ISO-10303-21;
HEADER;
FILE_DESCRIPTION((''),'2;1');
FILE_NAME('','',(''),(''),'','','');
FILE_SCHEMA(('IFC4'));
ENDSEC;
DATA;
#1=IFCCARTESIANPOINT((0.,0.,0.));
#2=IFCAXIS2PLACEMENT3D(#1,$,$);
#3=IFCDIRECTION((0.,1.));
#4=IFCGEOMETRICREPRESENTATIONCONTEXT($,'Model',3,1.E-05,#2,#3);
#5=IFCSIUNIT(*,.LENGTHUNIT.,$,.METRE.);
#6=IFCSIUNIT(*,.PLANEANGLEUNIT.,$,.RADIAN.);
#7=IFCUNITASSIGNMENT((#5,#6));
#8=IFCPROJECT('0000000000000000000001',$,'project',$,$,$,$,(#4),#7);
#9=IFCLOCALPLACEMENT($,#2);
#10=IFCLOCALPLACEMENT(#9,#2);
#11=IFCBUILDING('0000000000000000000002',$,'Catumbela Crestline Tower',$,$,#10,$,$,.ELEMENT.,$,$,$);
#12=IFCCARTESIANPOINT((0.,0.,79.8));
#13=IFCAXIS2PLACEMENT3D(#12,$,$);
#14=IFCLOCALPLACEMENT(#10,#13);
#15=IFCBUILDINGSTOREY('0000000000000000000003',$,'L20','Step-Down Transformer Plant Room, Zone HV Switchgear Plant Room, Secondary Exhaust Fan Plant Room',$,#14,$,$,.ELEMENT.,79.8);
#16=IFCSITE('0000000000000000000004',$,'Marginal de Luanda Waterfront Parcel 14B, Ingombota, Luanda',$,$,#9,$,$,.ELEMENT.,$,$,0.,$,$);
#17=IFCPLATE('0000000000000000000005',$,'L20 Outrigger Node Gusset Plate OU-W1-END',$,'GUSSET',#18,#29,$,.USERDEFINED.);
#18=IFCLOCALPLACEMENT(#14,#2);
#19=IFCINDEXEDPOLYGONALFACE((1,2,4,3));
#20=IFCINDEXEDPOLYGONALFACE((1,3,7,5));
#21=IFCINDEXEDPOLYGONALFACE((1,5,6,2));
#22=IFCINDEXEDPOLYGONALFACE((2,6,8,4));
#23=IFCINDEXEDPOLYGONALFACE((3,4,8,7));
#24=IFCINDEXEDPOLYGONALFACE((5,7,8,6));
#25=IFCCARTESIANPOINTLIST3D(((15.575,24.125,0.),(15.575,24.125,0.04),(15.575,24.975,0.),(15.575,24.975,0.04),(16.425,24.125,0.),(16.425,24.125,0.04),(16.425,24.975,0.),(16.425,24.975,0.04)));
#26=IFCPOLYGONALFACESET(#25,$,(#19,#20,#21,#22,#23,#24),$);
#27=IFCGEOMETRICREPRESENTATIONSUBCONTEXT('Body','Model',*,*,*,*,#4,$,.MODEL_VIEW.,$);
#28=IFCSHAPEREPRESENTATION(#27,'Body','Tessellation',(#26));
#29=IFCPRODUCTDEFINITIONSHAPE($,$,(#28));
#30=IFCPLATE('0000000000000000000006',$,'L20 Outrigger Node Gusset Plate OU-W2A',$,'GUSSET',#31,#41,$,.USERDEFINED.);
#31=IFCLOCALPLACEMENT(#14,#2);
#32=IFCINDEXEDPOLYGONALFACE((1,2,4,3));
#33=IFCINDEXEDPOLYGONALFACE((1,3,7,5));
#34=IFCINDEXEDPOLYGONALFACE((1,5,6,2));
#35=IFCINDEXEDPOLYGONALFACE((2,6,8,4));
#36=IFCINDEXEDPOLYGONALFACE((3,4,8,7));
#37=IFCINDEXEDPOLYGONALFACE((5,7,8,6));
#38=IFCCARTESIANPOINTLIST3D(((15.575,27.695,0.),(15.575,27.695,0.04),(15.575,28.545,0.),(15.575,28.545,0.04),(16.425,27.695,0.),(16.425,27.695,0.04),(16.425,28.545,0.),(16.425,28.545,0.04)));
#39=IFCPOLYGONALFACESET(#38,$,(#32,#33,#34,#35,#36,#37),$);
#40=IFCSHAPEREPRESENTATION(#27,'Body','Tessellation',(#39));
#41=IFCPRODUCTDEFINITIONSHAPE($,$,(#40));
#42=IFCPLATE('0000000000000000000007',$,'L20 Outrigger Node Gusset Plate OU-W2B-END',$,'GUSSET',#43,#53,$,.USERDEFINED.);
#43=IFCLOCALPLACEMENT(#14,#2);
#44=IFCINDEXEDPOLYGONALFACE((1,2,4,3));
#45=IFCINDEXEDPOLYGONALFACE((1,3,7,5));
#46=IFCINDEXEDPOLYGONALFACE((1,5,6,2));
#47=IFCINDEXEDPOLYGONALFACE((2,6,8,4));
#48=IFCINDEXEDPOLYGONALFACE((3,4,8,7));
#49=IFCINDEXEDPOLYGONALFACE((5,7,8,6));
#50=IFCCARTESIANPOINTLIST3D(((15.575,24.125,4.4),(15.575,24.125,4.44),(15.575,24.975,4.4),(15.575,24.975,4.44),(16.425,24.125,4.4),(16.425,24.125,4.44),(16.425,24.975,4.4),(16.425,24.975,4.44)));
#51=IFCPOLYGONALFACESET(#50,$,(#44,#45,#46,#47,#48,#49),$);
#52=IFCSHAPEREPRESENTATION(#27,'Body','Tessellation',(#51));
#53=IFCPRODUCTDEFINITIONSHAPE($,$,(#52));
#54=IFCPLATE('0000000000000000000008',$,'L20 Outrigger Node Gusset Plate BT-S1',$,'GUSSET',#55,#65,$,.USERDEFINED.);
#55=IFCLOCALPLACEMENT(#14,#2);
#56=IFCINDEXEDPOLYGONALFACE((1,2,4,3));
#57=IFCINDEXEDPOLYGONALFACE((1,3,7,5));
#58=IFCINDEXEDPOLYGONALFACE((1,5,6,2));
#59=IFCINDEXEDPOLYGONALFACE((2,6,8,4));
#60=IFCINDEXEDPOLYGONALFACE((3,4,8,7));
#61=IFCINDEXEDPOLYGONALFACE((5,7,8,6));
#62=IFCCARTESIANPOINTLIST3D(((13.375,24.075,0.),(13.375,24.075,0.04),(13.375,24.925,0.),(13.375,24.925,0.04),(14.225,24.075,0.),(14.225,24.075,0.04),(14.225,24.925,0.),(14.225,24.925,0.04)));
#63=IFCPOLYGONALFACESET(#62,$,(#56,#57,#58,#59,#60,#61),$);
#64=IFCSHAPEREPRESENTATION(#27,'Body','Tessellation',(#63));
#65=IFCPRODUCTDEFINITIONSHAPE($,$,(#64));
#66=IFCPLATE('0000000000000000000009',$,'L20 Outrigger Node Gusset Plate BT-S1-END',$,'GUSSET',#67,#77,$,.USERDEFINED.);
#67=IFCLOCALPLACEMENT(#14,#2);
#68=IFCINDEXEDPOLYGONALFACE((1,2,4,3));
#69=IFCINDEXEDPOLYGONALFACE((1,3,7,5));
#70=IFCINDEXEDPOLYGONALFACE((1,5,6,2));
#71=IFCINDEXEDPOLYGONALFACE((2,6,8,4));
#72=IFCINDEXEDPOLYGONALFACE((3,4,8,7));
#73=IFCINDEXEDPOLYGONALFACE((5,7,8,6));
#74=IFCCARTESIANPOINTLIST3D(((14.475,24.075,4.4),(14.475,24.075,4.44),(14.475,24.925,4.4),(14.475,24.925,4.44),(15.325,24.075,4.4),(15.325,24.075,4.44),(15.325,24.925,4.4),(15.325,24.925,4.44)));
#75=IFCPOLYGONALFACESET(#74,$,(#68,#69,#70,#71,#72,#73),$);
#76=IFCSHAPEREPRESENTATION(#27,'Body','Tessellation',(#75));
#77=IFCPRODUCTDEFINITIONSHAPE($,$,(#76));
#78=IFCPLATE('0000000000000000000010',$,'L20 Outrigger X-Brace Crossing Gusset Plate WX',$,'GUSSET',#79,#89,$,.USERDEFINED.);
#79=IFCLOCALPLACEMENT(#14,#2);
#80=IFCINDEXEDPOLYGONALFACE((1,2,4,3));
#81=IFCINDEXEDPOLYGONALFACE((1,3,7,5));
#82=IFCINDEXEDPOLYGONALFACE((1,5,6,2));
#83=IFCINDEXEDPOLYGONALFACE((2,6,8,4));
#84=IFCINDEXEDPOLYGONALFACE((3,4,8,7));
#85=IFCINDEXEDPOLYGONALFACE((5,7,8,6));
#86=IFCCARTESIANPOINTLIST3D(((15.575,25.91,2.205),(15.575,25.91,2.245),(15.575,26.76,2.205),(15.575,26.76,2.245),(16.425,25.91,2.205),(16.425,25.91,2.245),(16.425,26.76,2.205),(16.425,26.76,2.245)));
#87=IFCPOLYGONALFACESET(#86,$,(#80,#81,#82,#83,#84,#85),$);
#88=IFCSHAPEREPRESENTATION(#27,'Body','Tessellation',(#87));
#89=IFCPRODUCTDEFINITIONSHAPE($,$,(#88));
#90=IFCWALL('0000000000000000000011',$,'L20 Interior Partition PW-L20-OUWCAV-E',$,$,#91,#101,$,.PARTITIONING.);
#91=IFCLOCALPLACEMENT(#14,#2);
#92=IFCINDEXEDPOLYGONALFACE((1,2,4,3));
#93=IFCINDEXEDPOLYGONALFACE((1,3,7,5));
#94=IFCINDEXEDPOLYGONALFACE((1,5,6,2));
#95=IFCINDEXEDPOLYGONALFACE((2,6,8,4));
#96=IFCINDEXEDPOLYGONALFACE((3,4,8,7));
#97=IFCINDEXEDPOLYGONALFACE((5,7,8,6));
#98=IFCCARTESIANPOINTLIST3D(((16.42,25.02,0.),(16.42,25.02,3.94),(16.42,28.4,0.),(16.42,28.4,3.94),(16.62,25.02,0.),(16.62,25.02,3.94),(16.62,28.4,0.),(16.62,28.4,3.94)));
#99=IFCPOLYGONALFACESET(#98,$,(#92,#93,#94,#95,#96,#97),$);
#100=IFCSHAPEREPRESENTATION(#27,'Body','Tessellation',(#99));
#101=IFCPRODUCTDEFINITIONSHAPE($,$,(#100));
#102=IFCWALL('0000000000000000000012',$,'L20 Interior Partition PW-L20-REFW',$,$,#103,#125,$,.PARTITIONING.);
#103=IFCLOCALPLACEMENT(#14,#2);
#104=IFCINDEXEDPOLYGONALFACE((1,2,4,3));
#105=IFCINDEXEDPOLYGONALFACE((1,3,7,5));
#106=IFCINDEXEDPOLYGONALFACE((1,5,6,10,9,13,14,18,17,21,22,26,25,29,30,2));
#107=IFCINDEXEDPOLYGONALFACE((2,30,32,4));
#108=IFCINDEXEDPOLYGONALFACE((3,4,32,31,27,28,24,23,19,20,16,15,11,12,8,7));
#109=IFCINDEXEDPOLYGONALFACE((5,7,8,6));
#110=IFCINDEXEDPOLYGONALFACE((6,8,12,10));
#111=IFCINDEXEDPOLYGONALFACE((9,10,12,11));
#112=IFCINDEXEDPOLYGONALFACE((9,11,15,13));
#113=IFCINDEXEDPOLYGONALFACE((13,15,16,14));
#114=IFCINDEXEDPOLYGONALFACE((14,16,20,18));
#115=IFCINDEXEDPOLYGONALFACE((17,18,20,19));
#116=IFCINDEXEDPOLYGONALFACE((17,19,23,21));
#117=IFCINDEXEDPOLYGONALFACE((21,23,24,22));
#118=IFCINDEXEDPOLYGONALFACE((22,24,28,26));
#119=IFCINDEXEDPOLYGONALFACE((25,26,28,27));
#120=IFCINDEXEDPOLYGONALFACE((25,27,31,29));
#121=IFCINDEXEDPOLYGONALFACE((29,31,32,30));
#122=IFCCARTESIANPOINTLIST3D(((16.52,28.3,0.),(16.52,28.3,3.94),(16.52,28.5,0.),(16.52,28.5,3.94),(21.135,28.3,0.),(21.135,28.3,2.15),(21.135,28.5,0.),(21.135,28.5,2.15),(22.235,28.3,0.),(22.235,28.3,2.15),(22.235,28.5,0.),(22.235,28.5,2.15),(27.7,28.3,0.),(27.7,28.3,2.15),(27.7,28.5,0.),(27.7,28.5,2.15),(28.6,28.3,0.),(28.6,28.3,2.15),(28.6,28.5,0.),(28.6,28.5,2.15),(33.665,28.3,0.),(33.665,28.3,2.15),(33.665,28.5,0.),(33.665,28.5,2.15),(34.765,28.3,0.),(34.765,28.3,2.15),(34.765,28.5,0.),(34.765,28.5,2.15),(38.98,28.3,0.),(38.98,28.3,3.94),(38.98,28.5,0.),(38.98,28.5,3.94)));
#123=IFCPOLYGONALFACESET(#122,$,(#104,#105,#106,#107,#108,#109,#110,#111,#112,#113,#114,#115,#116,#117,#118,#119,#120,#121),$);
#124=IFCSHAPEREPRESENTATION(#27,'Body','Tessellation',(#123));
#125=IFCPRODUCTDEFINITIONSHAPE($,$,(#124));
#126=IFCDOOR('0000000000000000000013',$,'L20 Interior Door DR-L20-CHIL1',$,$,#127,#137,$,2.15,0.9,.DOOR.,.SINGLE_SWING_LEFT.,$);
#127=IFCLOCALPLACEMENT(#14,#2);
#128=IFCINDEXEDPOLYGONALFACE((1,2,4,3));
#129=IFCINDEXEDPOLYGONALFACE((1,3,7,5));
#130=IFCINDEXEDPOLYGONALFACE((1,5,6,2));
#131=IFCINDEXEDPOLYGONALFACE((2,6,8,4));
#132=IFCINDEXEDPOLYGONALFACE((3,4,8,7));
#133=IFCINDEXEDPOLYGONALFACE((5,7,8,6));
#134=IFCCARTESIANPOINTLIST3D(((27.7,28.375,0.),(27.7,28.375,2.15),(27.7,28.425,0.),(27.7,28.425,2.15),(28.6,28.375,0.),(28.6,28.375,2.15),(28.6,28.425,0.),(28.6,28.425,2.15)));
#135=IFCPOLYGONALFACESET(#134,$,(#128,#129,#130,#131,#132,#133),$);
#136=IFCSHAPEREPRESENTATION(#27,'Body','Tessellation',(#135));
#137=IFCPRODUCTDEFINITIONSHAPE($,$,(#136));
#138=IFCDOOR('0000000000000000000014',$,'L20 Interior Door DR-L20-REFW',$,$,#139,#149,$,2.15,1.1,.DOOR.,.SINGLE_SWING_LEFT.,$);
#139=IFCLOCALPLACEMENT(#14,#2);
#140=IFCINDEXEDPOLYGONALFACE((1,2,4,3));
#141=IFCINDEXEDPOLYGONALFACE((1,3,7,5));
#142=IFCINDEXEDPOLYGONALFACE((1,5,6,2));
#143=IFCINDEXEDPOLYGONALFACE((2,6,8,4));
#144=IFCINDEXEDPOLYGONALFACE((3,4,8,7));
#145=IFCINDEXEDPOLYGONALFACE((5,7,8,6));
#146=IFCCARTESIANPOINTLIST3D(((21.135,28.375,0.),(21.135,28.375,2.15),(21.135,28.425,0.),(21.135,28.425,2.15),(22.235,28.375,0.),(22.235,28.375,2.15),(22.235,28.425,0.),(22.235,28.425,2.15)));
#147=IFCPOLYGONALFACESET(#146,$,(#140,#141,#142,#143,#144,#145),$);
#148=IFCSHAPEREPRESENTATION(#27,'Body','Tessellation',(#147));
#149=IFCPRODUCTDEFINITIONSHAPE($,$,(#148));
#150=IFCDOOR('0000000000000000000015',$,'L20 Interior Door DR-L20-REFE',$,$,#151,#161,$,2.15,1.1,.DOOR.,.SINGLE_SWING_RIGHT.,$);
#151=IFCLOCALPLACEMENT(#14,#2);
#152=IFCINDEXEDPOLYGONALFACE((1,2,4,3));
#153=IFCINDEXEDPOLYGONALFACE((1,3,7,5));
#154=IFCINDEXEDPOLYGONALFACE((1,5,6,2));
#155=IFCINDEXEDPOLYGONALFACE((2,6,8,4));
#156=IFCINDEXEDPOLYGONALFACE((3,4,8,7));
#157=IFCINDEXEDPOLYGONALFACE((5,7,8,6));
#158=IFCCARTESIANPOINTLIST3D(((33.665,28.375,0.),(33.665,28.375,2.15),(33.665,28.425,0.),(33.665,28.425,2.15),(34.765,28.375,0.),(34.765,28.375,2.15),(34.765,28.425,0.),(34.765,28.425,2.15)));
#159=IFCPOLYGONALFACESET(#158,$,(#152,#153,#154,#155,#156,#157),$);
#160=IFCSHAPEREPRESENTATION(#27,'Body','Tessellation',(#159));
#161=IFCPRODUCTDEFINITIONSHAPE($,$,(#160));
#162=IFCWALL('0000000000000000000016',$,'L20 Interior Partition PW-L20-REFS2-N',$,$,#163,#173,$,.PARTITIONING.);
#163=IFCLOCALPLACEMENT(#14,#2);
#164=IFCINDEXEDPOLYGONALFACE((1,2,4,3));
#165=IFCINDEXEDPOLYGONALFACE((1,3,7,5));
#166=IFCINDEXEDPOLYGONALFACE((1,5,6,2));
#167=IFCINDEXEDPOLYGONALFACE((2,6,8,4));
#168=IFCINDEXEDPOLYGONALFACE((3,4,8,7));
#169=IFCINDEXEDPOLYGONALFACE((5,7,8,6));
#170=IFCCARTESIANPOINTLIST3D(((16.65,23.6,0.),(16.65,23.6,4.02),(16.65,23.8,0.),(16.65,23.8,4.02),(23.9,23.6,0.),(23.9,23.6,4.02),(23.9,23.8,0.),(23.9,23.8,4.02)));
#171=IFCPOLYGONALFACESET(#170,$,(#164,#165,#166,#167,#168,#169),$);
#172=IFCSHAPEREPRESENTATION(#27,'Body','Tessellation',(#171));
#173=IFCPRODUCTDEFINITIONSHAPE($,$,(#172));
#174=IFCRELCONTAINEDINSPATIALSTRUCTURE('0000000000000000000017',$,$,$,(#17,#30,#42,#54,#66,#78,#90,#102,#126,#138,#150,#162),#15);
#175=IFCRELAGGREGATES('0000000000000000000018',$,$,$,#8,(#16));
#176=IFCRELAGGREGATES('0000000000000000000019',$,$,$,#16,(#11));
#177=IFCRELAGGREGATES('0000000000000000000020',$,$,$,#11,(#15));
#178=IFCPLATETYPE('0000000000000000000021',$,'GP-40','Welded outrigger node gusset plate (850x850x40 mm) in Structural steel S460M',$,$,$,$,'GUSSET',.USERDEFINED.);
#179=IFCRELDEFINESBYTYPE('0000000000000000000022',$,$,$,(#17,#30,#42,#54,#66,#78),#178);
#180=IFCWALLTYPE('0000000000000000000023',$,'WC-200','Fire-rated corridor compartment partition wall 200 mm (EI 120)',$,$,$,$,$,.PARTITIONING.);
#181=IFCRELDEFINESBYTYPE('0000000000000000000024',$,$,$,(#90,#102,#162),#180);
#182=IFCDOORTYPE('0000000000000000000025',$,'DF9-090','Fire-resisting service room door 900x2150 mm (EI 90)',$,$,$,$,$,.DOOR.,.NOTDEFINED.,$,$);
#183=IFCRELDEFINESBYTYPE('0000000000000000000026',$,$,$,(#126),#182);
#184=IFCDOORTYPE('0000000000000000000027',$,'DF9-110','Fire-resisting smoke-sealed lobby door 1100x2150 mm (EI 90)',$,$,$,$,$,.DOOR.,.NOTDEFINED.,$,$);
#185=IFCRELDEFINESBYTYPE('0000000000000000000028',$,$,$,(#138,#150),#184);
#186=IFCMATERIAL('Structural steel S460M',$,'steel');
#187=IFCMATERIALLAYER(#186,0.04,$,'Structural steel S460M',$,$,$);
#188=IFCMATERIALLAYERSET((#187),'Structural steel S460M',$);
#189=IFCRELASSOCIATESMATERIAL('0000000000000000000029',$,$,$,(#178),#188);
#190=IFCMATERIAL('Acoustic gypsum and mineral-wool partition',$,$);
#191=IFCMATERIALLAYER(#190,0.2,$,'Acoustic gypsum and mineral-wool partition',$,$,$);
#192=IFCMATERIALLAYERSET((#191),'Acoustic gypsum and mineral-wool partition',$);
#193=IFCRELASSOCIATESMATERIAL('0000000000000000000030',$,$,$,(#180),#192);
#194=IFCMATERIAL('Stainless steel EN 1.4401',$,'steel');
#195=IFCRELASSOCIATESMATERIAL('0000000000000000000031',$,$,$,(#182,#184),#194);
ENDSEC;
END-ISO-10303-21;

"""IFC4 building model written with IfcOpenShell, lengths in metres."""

from ifc_helpers import new_model, si_unit, direction, frame, frame_2d, origin, origin_2d, place, context, subcontext, project, spatial, rectangle, extrude, material, layer, layer_set, type_object, element, fill, save


model = new_model("IFC4")

# Units and contexts
model_context = context("Model", 3, precision=1e-05, world=origin(), true_north=direction((0.0, 1.0)))
body_context = subcontext(model_context, "Body", "Model", "MODEL_VIEW")
ifc_project = project(units=[si_unit("LENGTHUNIT", "METRE"), si_unit("PLANEANGLEUNIT", "RADIAN")], contexts=[model_context])

# Site, building, storey
site_placement = place(None, origin())
site = spatial("IfcSite", under=ifc_project, at=site_placement, Name="Marginal de Luanda Waterfront Parcel 14B, Ingombota, Luanda", CompositionType="ELEMENT", RefElevation=0.0)
building_placement = place(site_placement, origin())
building = spatial("IfcBuilding", under=site, at=building_placement, Name="Catumbela Crestline Tower", CompositionType="ELEMENT")
storey_placement = place(building_placement, frame((0.0, 0.0, 79.8)))
storey = spatial("IfcBuildingStorey", under=building, at=storey_placement, Name="L20", Description="Step-Down Transformer Plant Room, Zone HV Switchgear Plant Room, Secondary Exhaust Fan Plant Room", CompositionType="ELEMENT", Elevation=79.8)

# Shared definitions
ifc_material_1 = material(Name="Structural steel S460M", Category="steel")

# Plates
ifc_layer_1 = layer(ifc_material_1, 0.04, Name="Structural steel S460M")
ifc_layer_set_1 = layer_set([ifc_layer_1], Name="Structural steel S460M")
plate_type = type_object("IfcPlateType", Name="GP-40", Description="Welded outrigger node gusset plate (850x850x40 mm) in Structural steel S460M", ElementType="GUSSET", PredefinedType="USERDEFINED", material=ifc_layer_set_1)
for number, where, z_axis, x_axis, name in (
    (1, (16.0, 24.55, 0.0), (0.0, 0.0, 1.0), (1.0, 0.0, 0.0), "L20 Outrigger Node Gusset Plate OU-W1-END"),
    (2, (16.0, 28.12, 0.0), (0.0, 0.0, 1.0), (1.0, 0.0, 0.0), "L20 Outrigger Node Gusset Plate OU-W2A"),
    (3, (16.0, 24.55, 4.4), (0.0, 0.0, 1.0), (1.0, 0.0, 0.0), "L20 Outrigger Node Gusset Plate OU-W2B-END"),
    (4, (13.8, 24.5, 0.0), (0.0, 0.0, 1.0), (1.0, 0.0, 0.0), "L20 Outrigger Node Gusset Plate BT-S1"),
    (5, (14.9, 24.5, 4.4), (0.0, 0.0, 1.0), (1.0, 0.0, 0.0), "L20 Outrigger Node Gusset Plate BT-S1-END"),
    (6, (16.0, 26.335, 2.205), (0.0, 0.0, 1.0), (1.0, 0.0, 0.0), "L20 Outrigger X-Brace Crossing Gusset Plate WX"),
):
    element("IfcPlate", number, at=place(storey_placement, frame(where, z_axis=z_axis, x_axis=x_axis)), inside=storey, type_object=plate_type, Name=name, ObjectType="GUSSET", PredefinedType="USERDEFINED", context=body_context, shape_type="SweptSolid", body=[
        extrude(rectangle(XDim=0.85, YDim=0.85, at=origin_2d()), origin(), (0.0, 0.0, 1.0), 0.04),
    ])

# Wall
ifc_material_2 = material(Name="Acoustic gypsum and mineral-wool partition")
ifc_layer_2 = layer(ifc_material_2, 0.2, Name="Acoustic gypsum and mineral-wool partition")
ifc_layer_set_2 = layer_set([ifc_layer_2], Name="Acoustic gypsum and mineral-wool partition")
wall_type = type_object("IfcWallType", Name="WC-200", Description="Fire-rated corridor compartment partition wall 200 mm (EI 120)", PredefinedType="PARTITIONING", material=ifc_layer_set_2)
wall_1_placement = place(storey_placement, frame((16.52, 25.02, 0.0), z_axis=(0.0, 0.0, 1.0), x_axis=(0.0, 1.0, 0.0)))
element("IfcWall", 7, at=wall_1_placement, inside=storey, type_object=wall_type, Name="L20 Interior Partition PW-L20-OUWCAV-E", PredefinedType="PARTITIONING", context=body_context, shape_type="SweptSolid", body=[
    extrude(rectangle(XDim=3.38, YDim=0.2, at=frame_2d((1.69, 0.0))), origin(), (0.0, 0.0, 1.0), 3.94),
])

# Wall, openings, doors
wall_2_placement = place(storey_placement, frame((16.52, 28.4, 0.0), z_axis=(0.0, 0.0, 1.0), x_axis=(1.0, 0.0, 0.0)))
wall_2 = element("IfcWall", 8, at=wall_2_placement, inside=storey, type_object=wall_type, Name="L20 Interior Partition PW-L20-REFW", PredefinedType="PARTITIONING", context=body_context, shape_type="SweptSolid", body=[
    extrude(rectangle(XDim=22.46, YDim=0.2, at=frame_2d((11.23, 0.0))), origin(), (0.0, 0.0, 1.0), 3.94),
])
opening_1_placement = place(wall_2_placement, frame((4.615, 0.0, 0.0)))
opening_1 = element("IfcOpeningElement", 9, at=opening_1_placement, cuts=wall_2, PredefinedType="OPENING", context=body_context, shape_type="SweptSolid", body=[
    extrude(rectangle(XDim=1.1, YDim=2.15, at=frame_2d((0.55, 1.075))), frame((0.0, 0.11, 0.0), z_axis=(0.0, -1.0, 0.0), x_axis=(1.0, 0.0, 0.0)), (0.0, 0.0, 1.0), 0.22),
])
opening_2_placement = place(wall_2_placement, frame((11.18, 0.0, 0.0)))
opening_2 = element("IfcOpeningElement", 10, at=opening_2_placement, cuts=wall_2, PredefinedType="OPENING", context=body_context, shape_type="SweptSolid", body=[
    extrude(rectangle(XDim=0.9, YDim=2.15, at=frame_2d((0.45, 1.075))), frame((0.0, 0.11, 0.0), z_axis=(0.0, -1.0, 0.0), x_axis=(1.0, 0.0, 0.0)), (0.0, 0.0, 1.0), 0.22),
])
opening_3_placement = place(wall_2_placement, frame((17.145, 0.0, 0.0)))
opening_3 = element("IfcOpeningElement", 11, at=opening_3_placement, cuts=wall_2, PredefinedType="OPENING", context=body_context, shape_type="SweptSolid", body=[
    extrude(rectangle(XDim=1.1, YDim=2.15, at=frame_2d((0.55, 1.075))), frame((0.0, 0.11, 0.0), z_axis=(0.0, -1.0, 0.0), x_axis=(1.0, 0.0, 0.0)), (0.0, 0.0, 1.0), 0.22),
])
ifc_material_3 = material(Name="Stainless steel EN 1.4401", Category="steel")
door_type_1 = type_object("IfcDoorType", Name="DF9-090", Description="Fire-resisting service room door 900x2150 mm (EI 90)", OperationType="NOTDEFINED", PredefinedType="DOOR", material=ifc_material_3)
door_1_placement = place(opening_2_placement, origin())
door_1 = element("IfcDoor", 12, at=door_1_placement, inside=storey, type_object=door_type_1, Name="L20 Interior Door DR-L20-CHIL1", OperationType="SINGLE_SWING_LEFT", OverallHeight=2.15, OverallWidth=0.9, PredefinedType="DOOR", context=body_context, shape_type="SweptSolid", body=[
    extrude(rectangle(XDim=0.9, YDim=2.15, at=frame_2d((0.45, 1.075))), frame((0.0, 0.025, 0.0), z_axis=(0.0, -1.0, 0.0), x_axis=(1.0, 0.0, 0.0)), (0.0, 0.0, 1.0), 0.05),
])
fill(opening_2, door_1)
door_type_2 = type_object("IfcDoorType", Name="DF9-110", Description="Fire-resisting smoke-sealed lobby door 1100x2150 mm (EI 90)", OperationType="NOTDEFINED", PredefinedType="DOOR", material=ifc_material_3)
door_2_placement = place(opening_1_placement, origin())
door_2 = element("IfcDoor", 13, at=door_2_placement, inside=storey, type_object=door_type_2, Name="L20 Interior Door DR-L20-REFW", OperationType="SINGLE_SWING_LEFT", OverallHeight=2.15, OverallWidth=1.1, PredefinedType="DOOR", context=body_context, shape_type="SweptSolid", body=[
    extrude(rectangle(XDim=1.1, YDim=2.15, at=frame_2d((0.55, 1.075))), frame((0.0, 0.025, 0.0), z_axis=(0.0, -1.0, 0.0), x_axis=(1.0, 0.0, 0.0)), (0.0, 0.0, 1.0), 0.05),
])
fill(opening_1, door_2)
door_3_placement = place(opening_3_placement, origin())
door_3 = element("IfcDoor", 14, at=door_3_placement, inside=storey, type_object=door_type_2, Name="L20 Interior Door DR-L20-REFE", OperationType="SINGLE_SWING_RIGHT", OverallHeight=2.15, OverallWidth=1.1, PredefinedType="DOOR", context=body_context, shape_type="SweptSolid", body=[
    extrude(rectangle(XDim=1.1, YDim=2.15, at=frame_2d((0.55, 1.075))), frame((0.0, 0.025, 0.0), z_axis=(0.0, -1.0, 0.0), x_axis=(1.0, 0.0, 0.0)), (0.0, 0.0, 1.0), 0.05),
])
fill(opening_3, door_3)

# Wall
wall_3_placement = place(storey_placement, frame((16.65, 23.7, 0.0), z_axis=(0.0, 0.0, 1.0), x_axis=(1.0, 0.0, 0.0)))
element("IfcWall", 15, at=wall_3_placement, inside=storey, type_object=wall_type, Name="L20 Interior Partition PW-L20-REFS2-N", PredefinedType="PARTITIONING", context=body_context, shape_type="SweptSolid", body=[
    extrude(rectangle(XDim=7.25, YDim=0.2, at=frame_2d((3.625, 0.0))), origin(), (0.0, 0.0, 1.0), 4.02),
])

save(model, "model.ifc")
